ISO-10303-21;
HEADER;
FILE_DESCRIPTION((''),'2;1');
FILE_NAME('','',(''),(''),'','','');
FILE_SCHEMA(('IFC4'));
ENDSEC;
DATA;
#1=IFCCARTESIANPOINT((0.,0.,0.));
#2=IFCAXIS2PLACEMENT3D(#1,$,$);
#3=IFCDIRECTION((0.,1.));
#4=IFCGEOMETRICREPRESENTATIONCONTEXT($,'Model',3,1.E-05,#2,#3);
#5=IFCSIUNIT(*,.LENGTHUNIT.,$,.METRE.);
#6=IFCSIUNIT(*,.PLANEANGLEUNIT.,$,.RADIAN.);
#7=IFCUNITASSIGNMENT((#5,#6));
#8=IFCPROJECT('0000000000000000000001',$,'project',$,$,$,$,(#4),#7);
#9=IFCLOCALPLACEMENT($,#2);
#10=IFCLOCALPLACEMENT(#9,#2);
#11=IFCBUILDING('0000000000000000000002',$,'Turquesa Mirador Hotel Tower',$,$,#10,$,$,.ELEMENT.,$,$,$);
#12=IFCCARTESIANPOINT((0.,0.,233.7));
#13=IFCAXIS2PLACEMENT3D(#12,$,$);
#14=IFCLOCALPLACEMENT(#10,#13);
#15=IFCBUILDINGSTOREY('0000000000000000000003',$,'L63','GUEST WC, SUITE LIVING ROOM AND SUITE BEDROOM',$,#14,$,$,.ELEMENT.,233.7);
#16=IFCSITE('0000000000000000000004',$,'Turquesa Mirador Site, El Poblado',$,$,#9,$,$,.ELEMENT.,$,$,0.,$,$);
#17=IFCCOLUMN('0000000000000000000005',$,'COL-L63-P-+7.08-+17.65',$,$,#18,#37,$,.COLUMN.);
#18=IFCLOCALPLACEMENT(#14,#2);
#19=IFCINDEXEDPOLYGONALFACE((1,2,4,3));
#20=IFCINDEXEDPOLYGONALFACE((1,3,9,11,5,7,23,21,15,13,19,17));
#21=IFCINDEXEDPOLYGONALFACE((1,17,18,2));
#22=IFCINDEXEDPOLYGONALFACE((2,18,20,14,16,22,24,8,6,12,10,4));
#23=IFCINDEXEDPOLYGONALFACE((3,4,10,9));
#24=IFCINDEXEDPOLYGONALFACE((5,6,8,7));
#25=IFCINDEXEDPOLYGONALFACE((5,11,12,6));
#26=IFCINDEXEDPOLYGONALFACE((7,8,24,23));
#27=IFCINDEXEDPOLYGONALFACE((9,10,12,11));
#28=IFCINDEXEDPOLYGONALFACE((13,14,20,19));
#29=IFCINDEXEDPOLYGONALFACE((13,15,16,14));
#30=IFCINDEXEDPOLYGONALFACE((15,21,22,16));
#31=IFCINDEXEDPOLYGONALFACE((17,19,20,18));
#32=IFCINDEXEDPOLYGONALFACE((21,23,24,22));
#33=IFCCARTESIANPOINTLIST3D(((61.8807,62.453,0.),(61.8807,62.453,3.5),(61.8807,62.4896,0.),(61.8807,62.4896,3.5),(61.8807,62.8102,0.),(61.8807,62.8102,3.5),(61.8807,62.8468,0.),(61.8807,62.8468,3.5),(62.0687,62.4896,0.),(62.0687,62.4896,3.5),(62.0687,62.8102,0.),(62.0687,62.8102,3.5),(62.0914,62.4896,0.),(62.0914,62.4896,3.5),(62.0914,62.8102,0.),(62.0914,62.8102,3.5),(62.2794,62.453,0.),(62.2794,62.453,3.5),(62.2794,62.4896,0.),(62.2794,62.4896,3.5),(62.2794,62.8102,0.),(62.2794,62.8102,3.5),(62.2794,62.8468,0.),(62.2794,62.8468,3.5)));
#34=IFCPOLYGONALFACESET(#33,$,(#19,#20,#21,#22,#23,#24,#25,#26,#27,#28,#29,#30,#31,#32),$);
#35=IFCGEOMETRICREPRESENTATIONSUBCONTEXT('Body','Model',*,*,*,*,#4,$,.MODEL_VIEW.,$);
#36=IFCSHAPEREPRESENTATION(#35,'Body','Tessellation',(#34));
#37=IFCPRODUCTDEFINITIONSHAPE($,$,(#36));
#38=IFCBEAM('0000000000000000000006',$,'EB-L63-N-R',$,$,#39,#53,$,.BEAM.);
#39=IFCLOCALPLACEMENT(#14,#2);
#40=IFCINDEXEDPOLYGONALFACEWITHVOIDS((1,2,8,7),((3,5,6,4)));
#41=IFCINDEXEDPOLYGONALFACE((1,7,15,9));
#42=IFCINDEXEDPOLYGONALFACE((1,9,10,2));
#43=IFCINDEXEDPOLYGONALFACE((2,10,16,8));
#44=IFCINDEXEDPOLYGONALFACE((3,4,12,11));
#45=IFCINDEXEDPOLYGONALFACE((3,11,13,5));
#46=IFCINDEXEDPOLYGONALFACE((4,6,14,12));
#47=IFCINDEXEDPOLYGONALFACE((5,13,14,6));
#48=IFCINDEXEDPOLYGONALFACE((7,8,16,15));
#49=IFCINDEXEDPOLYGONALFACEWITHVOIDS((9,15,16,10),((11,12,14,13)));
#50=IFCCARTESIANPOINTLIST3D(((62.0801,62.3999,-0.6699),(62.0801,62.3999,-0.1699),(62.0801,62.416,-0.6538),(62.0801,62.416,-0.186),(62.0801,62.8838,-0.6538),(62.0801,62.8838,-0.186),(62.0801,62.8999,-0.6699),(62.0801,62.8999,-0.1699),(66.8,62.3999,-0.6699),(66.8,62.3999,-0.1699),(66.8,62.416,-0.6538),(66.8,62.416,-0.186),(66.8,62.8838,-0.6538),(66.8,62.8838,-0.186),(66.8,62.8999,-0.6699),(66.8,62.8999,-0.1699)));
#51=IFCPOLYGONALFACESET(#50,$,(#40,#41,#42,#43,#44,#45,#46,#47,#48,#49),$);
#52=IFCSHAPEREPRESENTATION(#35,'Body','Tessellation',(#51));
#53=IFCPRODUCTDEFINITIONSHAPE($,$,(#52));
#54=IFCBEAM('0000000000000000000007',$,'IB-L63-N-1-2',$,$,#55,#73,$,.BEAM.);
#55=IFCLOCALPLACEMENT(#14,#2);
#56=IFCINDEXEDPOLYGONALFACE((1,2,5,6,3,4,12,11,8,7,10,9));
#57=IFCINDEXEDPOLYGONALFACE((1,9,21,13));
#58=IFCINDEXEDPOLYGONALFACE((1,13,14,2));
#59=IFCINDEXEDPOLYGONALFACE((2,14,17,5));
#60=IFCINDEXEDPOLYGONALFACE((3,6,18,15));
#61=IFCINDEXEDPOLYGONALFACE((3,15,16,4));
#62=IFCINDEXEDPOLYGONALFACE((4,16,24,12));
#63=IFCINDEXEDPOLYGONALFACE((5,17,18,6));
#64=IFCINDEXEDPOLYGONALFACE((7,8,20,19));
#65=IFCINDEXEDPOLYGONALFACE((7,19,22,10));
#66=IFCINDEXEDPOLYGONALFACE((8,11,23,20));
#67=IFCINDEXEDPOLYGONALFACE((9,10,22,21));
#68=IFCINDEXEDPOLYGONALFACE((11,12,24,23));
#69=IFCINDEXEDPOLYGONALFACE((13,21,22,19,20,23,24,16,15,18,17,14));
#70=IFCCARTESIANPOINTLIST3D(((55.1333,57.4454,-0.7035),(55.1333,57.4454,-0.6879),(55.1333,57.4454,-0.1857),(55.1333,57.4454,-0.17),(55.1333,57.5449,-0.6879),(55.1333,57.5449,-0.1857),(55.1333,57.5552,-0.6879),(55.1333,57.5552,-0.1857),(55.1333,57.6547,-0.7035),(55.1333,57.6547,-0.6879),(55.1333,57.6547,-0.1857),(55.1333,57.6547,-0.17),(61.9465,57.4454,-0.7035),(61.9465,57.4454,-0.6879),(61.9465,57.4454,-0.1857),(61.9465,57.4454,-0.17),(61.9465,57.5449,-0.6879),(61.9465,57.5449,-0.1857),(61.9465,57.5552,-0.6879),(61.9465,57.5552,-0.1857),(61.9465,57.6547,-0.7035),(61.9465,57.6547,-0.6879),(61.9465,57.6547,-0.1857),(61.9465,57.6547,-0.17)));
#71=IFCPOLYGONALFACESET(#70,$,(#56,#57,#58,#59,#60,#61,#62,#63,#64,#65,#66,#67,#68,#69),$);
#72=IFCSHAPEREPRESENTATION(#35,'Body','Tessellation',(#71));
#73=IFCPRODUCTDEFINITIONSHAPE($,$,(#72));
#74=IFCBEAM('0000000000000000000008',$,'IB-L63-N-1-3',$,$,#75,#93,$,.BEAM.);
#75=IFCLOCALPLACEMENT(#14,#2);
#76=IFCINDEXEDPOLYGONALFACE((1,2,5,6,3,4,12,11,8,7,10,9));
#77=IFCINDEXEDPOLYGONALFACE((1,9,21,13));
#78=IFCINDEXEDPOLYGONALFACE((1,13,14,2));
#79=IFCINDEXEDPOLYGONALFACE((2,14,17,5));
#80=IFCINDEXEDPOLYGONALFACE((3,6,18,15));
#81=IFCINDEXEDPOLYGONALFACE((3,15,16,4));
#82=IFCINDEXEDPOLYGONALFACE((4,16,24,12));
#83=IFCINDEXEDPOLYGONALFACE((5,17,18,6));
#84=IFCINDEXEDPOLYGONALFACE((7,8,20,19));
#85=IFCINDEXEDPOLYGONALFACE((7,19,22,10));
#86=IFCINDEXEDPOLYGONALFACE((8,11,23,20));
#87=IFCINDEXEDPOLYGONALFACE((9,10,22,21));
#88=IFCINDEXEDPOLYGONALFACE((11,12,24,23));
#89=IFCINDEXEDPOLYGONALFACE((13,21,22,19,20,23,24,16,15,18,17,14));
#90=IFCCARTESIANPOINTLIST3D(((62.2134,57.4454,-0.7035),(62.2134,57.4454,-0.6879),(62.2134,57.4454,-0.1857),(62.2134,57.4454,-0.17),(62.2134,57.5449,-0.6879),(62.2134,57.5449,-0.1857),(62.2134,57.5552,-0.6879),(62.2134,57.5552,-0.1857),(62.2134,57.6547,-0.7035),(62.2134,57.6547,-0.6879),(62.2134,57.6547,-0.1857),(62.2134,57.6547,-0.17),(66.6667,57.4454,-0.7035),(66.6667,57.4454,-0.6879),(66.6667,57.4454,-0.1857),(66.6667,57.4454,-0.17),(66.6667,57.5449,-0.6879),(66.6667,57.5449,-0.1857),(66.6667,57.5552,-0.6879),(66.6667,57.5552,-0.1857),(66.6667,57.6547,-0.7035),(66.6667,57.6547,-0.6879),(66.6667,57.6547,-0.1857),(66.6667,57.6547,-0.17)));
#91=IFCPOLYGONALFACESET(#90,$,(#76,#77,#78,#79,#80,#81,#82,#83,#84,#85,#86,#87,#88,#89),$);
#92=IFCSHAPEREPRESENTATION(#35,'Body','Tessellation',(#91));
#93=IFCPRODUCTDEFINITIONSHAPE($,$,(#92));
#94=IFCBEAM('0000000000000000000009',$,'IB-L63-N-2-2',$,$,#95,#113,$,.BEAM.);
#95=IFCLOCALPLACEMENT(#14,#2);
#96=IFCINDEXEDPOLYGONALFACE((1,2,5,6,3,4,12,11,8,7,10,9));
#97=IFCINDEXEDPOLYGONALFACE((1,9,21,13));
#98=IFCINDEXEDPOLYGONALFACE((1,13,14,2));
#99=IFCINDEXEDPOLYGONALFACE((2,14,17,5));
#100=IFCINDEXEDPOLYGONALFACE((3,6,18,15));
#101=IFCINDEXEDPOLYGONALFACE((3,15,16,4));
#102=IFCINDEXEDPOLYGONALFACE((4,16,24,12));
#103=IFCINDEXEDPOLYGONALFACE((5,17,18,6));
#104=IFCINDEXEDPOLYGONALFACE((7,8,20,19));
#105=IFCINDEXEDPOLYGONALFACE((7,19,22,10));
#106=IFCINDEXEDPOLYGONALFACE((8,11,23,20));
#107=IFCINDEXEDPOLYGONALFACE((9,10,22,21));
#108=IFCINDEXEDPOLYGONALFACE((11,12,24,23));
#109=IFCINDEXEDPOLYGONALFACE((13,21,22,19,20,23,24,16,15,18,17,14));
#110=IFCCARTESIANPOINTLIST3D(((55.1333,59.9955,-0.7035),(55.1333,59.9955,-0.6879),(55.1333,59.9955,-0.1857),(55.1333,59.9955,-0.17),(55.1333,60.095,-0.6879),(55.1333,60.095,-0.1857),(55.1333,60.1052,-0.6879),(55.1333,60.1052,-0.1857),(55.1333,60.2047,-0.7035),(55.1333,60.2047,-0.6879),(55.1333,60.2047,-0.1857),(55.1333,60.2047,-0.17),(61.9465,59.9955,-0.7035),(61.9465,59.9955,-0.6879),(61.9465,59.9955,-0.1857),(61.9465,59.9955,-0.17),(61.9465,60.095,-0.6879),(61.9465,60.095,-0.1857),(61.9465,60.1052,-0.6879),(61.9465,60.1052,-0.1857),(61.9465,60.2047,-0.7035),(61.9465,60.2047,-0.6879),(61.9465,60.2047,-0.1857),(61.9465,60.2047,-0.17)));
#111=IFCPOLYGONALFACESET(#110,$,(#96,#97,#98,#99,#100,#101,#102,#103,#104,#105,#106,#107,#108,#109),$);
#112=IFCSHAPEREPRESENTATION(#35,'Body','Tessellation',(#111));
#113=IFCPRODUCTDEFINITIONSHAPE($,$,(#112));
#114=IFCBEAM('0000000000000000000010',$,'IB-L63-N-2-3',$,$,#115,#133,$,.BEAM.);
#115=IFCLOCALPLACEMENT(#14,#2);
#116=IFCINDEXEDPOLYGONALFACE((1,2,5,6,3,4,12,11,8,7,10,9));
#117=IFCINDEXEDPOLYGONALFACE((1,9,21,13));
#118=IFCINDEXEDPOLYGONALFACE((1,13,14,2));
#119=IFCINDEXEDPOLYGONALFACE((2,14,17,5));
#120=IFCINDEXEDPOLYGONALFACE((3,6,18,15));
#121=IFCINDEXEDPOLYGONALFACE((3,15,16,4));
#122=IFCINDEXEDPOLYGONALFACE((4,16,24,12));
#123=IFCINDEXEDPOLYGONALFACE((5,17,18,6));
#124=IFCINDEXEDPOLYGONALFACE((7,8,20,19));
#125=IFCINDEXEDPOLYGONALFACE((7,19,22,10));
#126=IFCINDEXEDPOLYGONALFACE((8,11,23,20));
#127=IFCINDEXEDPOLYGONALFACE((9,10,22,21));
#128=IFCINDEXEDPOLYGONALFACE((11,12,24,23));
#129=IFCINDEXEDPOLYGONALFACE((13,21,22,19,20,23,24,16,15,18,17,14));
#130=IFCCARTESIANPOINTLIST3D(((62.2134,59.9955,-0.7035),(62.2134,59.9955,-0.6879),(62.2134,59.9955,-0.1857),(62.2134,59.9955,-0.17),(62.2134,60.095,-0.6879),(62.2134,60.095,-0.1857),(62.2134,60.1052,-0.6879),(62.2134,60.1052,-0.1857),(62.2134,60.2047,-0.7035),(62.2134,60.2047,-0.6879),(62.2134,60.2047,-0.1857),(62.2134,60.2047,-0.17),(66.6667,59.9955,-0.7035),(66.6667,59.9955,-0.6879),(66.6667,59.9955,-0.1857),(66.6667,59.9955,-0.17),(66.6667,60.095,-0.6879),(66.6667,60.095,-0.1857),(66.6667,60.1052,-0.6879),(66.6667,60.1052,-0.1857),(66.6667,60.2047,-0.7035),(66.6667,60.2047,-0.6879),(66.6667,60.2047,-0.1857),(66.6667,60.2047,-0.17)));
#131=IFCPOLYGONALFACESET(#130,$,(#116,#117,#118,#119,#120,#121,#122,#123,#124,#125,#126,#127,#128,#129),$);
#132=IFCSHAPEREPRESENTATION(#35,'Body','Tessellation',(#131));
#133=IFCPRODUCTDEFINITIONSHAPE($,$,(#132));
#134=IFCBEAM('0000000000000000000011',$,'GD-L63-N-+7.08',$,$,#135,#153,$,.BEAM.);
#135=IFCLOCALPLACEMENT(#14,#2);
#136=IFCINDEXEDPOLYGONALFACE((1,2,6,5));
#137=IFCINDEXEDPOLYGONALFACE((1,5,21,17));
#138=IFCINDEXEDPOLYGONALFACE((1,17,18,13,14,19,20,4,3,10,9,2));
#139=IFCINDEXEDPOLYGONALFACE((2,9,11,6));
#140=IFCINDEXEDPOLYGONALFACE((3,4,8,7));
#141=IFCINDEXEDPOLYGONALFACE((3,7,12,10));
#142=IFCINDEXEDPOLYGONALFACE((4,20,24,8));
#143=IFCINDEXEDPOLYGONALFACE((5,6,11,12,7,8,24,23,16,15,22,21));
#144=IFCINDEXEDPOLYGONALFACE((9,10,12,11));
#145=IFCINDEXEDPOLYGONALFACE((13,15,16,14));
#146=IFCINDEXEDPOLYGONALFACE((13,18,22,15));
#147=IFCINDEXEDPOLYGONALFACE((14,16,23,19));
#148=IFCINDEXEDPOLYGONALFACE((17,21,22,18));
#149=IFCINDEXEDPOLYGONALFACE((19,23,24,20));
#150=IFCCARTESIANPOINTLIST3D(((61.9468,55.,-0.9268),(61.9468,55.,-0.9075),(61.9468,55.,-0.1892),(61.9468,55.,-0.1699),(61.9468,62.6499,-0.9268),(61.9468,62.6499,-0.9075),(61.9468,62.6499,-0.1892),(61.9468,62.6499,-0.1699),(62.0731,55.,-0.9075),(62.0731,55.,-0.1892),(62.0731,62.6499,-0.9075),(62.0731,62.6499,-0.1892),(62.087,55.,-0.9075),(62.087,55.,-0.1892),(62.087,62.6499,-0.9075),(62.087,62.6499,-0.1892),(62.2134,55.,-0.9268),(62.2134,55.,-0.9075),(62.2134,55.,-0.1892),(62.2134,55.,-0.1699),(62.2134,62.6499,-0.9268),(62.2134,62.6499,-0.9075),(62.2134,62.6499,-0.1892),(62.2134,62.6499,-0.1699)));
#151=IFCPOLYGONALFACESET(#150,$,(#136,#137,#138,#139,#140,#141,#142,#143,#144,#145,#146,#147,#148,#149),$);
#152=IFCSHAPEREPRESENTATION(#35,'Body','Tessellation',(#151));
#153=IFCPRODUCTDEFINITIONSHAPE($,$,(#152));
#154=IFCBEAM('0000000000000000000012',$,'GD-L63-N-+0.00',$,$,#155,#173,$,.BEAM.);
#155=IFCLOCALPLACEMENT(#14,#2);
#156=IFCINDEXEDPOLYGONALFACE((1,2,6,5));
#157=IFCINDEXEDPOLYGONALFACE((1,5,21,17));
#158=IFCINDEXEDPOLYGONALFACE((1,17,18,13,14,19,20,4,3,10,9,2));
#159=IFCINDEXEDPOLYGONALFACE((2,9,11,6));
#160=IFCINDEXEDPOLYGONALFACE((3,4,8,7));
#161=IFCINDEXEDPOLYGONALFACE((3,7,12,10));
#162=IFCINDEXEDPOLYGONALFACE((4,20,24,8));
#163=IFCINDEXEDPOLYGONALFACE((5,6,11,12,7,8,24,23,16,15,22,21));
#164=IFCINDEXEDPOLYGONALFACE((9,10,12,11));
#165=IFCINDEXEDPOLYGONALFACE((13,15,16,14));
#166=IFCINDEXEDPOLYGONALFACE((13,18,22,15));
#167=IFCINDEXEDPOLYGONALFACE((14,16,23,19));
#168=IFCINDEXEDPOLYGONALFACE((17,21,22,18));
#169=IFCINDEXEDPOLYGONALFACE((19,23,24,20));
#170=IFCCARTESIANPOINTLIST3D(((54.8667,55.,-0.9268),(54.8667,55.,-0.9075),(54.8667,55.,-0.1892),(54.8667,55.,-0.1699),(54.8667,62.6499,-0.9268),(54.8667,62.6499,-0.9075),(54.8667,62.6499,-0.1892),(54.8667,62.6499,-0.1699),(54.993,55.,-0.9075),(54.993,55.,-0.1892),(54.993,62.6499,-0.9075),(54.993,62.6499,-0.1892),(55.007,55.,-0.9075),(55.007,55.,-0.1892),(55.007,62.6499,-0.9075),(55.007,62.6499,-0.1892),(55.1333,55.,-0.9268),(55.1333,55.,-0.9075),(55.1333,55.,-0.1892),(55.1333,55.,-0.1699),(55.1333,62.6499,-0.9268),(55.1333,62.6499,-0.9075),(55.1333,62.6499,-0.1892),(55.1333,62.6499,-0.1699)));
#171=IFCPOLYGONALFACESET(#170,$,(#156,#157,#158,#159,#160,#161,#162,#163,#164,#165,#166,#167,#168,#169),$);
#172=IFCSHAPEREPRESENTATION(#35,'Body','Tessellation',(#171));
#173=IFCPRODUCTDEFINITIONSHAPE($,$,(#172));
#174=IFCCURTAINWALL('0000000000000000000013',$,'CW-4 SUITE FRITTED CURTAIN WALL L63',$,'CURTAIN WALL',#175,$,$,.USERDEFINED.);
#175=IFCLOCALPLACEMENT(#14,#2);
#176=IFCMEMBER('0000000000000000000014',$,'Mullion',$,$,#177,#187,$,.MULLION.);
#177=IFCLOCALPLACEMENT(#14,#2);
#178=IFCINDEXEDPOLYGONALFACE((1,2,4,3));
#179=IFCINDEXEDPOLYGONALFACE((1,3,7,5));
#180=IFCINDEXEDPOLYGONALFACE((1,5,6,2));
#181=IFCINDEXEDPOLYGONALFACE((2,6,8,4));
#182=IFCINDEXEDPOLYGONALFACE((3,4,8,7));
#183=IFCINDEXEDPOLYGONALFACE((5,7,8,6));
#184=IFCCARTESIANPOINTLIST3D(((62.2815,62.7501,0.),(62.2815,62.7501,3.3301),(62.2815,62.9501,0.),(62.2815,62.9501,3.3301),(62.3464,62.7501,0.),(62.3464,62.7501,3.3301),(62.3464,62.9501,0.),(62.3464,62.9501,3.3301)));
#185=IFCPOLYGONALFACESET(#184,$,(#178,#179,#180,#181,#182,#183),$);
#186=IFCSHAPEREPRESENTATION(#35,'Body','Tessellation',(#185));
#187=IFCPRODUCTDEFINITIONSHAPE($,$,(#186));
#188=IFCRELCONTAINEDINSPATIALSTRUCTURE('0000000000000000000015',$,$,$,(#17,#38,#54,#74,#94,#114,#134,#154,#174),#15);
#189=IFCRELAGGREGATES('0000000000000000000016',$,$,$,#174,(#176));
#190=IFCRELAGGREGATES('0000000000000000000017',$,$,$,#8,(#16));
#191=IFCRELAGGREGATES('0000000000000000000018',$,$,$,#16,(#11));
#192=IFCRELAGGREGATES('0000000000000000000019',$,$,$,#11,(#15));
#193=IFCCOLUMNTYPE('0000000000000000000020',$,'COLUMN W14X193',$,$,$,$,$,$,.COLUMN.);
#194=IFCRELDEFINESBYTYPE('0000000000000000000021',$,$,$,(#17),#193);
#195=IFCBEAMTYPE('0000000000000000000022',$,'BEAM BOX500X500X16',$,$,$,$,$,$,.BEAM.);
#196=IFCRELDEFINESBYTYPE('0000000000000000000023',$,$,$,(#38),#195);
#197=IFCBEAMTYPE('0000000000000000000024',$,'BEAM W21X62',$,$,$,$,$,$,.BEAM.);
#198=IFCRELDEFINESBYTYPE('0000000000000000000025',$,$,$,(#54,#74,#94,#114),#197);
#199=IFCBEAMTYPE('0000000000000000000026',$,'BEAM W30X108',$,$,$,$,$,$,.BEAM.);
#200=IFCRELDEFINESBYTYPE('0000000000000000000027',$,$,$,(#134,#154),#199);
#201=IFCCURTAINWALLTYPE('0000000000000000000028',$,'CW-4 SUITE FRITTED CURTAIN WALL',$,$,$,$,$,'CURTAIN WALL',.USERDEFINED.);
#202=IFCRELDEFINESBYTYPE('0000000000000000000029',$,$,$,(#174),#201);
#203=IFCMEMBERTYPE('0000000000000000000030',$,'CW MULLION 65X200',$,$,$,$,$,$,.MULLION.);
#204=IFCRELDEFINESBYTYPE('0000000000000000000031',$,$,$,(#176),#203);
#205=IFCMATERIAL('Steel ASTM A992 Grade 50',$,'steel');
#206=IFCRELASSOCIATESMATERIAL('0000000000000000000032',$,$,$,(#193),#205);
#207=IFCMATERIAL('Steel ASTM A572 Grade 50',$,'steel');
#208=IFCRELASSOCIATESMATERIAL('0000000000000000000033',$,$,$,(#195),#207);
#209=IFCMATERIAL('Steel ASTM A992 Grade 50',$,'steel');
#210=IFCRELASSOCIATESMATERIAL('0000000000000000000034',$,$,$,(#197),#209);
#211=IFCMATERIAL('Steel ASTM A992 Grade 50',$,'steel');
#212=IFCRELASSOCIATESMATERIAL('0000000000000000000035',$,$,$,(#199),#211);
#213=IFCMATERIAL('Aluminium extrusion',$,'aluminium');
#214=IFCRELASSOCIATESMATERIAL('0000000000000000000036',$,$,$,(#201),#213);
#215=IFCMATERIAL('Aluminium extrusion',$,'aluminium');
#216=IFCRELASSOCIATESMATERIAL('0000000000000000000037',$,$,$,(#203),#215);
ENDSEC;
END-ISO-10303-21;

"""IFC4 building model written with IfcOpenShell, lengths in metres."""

from ifc_helpers import new_model, si_unit, direction, frame, origin, origin_2d, place, context, subcontext, project, spatial, rectangle, hollow_rectangle, i_section, extrude, material, material_profile, profile_set, type_object, element, aggregate, save


model = new_model("IFC4")

# Units and contexts
model_context = context("Model", 3, precision=1e-05, world=origin(), true_north=direction((0.0, 1.0)))
body_context = subcontext(model_context, "Body", "Model", "MODEL_VIEW")
ifc_project = project(units=[si_unit("LENGTHUNIT", "METRE"), si_unit("PLANEANGLEUNIT", "RADIAN")], contexts=[model_context])

# Site, building, storey
site_placement = place(None, origin())
site = spatial("IfcSite", under=ifc_project, at=site_placement, Name="Turquesa Mirador Site, El Poblado", CompositionType="ELEMENT", RefElevation=0.0)
building_placement = place(site_placement, origin())
building = spatial("IfcBuilding", under=site, at=building_placement, Name="Turquesa Mirador Hotel Tower", CompositionType="ELEMENT")
storey_placement = place(building_placement, frame((0.0, 0.0, 233.7)))
storey = spatial("IfcBuildingStorey", under=building, at=storey_placement, Name="L63", Description="GUEST WC, SUITE LIVING ROOM AND SUITE BEDROOM", CompositionType="ELEMENT", Elevation=233.7)

# Column
ifc_material_1 = material(Name="Steel ASTM A992 Grade 50", Category="steel")
ifc_material_profile_1 = material_profile(ifc_material_1, i_section(OverallWidth=0.3987, OverallDepth=0.3938, WebThickness=0.0227, FlangeThickness=0.0366, at=origin_2d()), Name="W14X193")
ifc_profile_set_1 = profile_set([ifc_material_profile_1], Name="Steel ASTM A992 Grade 50")
column_type = type_object("IfcColumnType", Name="COLUMN W14X193", PredefinedType="COLUMN", material=ifc_profile_set_1)
column_placement = place(storey_placement, frame((62.0801, 62.6499, 0.0), z_axis=(0.0, 0.0, 1.0), x_axis=(1.0, 0.0, 0.0)))
element("IfcColumn", 1, at=column_placement, inside=storey, type_object=column_type, Name="COL-L63-P-+7.08-+17.65", PredefinedType="COLUMN", context=body_context, shape_type="SweptSolid", body=[
    extrude(i_section(OverallWidth=0.3987, OverallDepth=0.3938, WebThickness=0.0227, FlangeThickness=0.0366, at=origin_2d()), origin(), (0.0, 0.0, 1.0), 3.5),
])

# Beams
ifc_material_2 = material(Name="Steel ASTM A572 Grade 50", Category="steel")
ifc_material_profile_2 = material_profile(ifc_material_2, hollow_rectangle(XDim=0.5, YDim=0.5, WallThickness=0.0161, at=origin_2d()), Name="BOX500X500X16")
ifc_profile_set_2 = profile_set([ifc_material_profile_2], Name="Steel ASTM A572 Grade 50")
beam_type_1 = type_object("IfcBeamType", Name="BEAM BOX500X500X16", PredefinedType="BEAM", material=ifc_profile_set_2)
beam_1_placement = place(storey_placement, frame((62.0801, 62.6499, -0.4199), z_axis=(1.0, 0.0, 0.0), x_axis=(0.0, 1.0, 0.0)))
element("IfcBeam", 2, at=beam_1_placement, inside=storey, type_object=beam_type_1, Name="EB-L63-N-R", PredefinedType="BEAM", context=body_context, shape_type="SweptSolid", body=[
    extrude(hollow_rectangle(XDim=0.5, YDim=0.5, WallThickness=0.0161, at=origin_2d()), origin(), (0.0, 0.0, 1.0), 4.72),
])
ifc_material_3 = material(Name="Steel ASTM A992 Grade 50", Category="steel")
ifc_material_profile_3 = material_profile(ifc_material_3, i_section(OverallWidth=0.2092, OverallDepth=0.5334, WebThickness=0.0103, FlangeThickness=0.0156, at=origin_2d()), Name="W21X62")
ifc_profile_set_3 = profile_set([ifc_material_profile_3], Name="Steel ASTM A992 Grade 50")
beam_type_2 = type_object("IfcBeamType", Name="BEAM W21X62", PredefinedType="BEAM", material=ifc_profile_set_3)
beam_2_placement = place(storey_placement, frame((55.1333, 57.55, -0.4368), z_axis=(1.0, 0.0, 0.0), x_axis=(0.0, 1.0, 0.0)))
element("IfcBeam", 3, at=beam_2_placement, inside=storey, type_object=beam_type_2, Name="IB-L63-N-1-2", PredefinedType="BEAM", context=body_context, shape_type="SweptSolid", body=[
    extrude(i_section(OverallWidth=0.2092, OverallDepth=0.5334, WebThickness=0.0103, FlangeThickness=0.0156, at=origin_2d()), origin(), (0.0, 0.0, 1.0), 6.8132),
])
beam_3_placement = place(storey_placement, frame((62.2134, 57.55, -0.4368), z_axis=(1.0, 0.0, 0.0), x_axis=(0.0, 1.0, 0.0)))
element("IfcBeam", 4, at=beam_3_placement, inside=storey, type_object=beam_type_2, Name="IB-L63-N-1-3", PredefinedType="BEAM", context=body_context, shape_type="SweptSolid", body=[
    extrude(i_section(OverallWidth=0.2092, OverallDepth=0.5334, WebThickness=0.0103, FlangeThickness=0.0156, at=origin_2d()), origin(), (0.0, 0.0, 1.0), 4.4534),
])
beam_4_placement = place(storey_placement, frame((55.1333, 60.1001, -0.4368), z_axis=(1.0, 0.0, 0.0), x_axis=(0.0, 1.0, 0.0)))
element("IfcBeam", 5, at=beam_4_placement, inside=storey, type_object=beam_type_2, Name="IB-L63-N-2-2", PredefinedType="BEAM", context=body_context, shape_type="SweptSolid", body=[
    extrude(i_section(OverallWidth=0.2092, OverallDepth=0.5334, WebThickness=0.0103, FlangeThickness=0.0156, at=origin_2d()), origin(), (0.0, 0.0, 1.0), 6.8132),
])
beam_5_placement = place(storey_placement, frame((62.2134, 60.1001, -0.4368), z_axis=(1.0, 0.0, 0.0), x_axis=(0.0, 1.0, 0.0)))
element("IfcBeam", 6, at=beam_5_placement, inside=storey, type_object=beam_type_2, Name="IB-L63-N-2-3", PredefinedType="BEAM", context=body_context, shape_type="SweptSolid", body=[
    extrude(i_section(OverallWidth=0.2092, OverallDepth=0.5334, WebThickness=0.0103, FlangeThickness=0.0156, at=origin_2d()), origin(), (0.0, 0.0, 1.0), 4.4534),
])
ifc_material_4 = material(Name="Steel ASTM A992 Grade 50", Category="steel")
ifc_material_profile_4 = material_profile(ifc_material_4, i_section(OverallWidth=0.2666, OverallDepth=0.7568, WebThickness=0.0139, FlangeThickness=0.0193, at=origin_2d()), Name="W30X108")
ifc_profile_set_4 = profile_set([ifc_material_profile_4], Name="Steel ASTM A992 Grade 50")
beam_type_3 = type_object("IfcBeamType", Name="BEAM W30X108", PredefinedType="BEAM", material=ifc_profile_set_4)
for number, where, z_axis, x_axis, name in (
    (7, (62.0801, 62.6499, -0.5483), (0.0, -1.0, 0.0), (1.0, 0.0, 0.0), "GD-L63-N-+7.08"),
    (8, (55.0, 62.6499, -0.5483), (0.0, -1.0, 0.0), (1.0, 0.0, 0.0), "GD-L63-N-+0.00"),
):
    element("IfcBeam", number, at=place(storey_placement, frame(where, z_axis=z_axis, x_axis=x_axis)), inside=storey, type_object=beam_type_3, Name=name, PredefinedType="BEAM", context=body_context, shape_type="SweptSolid", body=[
        extrude(i_section(OverallWidth=0.2666, OverallDepth=0.7568, WebThickness=0.0139, FlangeThickness=0.0193, at=origin_2d()), origin(), (0.0, 0.0, 1.0), 7.6499),
    ])

# Curtain wall, member
ifc_material_5 = material(Name="Aluminium extrusion", Category="aluminium")
curtain_wall_type = type_object("IfcCurtainWallType", Name="CW-4 SUITE FRITTED CURTAIN WALL", ElementType="CURTAIN WALL", PredefinedType="USERDEFINED", material=ifc_material_5)
curtain_wall_1_placement = place(storey_placement, origin())
curtain_wall_1 = element("IfcCurtainWall", 9, at=curtain_wall_1_placement, inside=storey, type_object=curtain_wall_type, Name="CW-4 SUITE FRITTED CURTAIN WALL L63", ObjectType="CURTAIN WALL", PredefinedType="USERDEFINED")
ifc_material_6 = material(Name="Aluminium extrusion", Category="aluminium")
ifc_material_profile_5 = material_profile(ifc_material_6, rectangle(XDim=0.0649, YDim=0.2, at=origin_2d()), Name="MULLION 65X200")
ifc_profile_set_5 = profile_set([ifc_material_profile_5], Name="Aluminium extrusion")
member_type_1 = type_object("IfcMemberType", Name="CW MULLION 65X200", PredefinedType="MULLION", material=ifc_profile_set_5)
member_1_placement = place(storey_placement, frame((62.314, 62.8501, 0.0), z_axis=(0.0, 0.0, 1.0), x_axis=(-1.0, 0.0, 0.0)))
member_1 = element("IfcMember", 10, at=member_1_placement, type_object=member_type_1, Name="Mullion", PredefinedType="MULLION", context=body_context, shape_type="SweptSolid", body=[
    extrude(rectangle(XDim=0.0649, YDim=0.2, at=origin_2d()), origin(), (0.0, 0.0, 1.0), 3.3301),
])

aggregate(curtain_wall_1, [member_1])

save(model, "model.ifc")
